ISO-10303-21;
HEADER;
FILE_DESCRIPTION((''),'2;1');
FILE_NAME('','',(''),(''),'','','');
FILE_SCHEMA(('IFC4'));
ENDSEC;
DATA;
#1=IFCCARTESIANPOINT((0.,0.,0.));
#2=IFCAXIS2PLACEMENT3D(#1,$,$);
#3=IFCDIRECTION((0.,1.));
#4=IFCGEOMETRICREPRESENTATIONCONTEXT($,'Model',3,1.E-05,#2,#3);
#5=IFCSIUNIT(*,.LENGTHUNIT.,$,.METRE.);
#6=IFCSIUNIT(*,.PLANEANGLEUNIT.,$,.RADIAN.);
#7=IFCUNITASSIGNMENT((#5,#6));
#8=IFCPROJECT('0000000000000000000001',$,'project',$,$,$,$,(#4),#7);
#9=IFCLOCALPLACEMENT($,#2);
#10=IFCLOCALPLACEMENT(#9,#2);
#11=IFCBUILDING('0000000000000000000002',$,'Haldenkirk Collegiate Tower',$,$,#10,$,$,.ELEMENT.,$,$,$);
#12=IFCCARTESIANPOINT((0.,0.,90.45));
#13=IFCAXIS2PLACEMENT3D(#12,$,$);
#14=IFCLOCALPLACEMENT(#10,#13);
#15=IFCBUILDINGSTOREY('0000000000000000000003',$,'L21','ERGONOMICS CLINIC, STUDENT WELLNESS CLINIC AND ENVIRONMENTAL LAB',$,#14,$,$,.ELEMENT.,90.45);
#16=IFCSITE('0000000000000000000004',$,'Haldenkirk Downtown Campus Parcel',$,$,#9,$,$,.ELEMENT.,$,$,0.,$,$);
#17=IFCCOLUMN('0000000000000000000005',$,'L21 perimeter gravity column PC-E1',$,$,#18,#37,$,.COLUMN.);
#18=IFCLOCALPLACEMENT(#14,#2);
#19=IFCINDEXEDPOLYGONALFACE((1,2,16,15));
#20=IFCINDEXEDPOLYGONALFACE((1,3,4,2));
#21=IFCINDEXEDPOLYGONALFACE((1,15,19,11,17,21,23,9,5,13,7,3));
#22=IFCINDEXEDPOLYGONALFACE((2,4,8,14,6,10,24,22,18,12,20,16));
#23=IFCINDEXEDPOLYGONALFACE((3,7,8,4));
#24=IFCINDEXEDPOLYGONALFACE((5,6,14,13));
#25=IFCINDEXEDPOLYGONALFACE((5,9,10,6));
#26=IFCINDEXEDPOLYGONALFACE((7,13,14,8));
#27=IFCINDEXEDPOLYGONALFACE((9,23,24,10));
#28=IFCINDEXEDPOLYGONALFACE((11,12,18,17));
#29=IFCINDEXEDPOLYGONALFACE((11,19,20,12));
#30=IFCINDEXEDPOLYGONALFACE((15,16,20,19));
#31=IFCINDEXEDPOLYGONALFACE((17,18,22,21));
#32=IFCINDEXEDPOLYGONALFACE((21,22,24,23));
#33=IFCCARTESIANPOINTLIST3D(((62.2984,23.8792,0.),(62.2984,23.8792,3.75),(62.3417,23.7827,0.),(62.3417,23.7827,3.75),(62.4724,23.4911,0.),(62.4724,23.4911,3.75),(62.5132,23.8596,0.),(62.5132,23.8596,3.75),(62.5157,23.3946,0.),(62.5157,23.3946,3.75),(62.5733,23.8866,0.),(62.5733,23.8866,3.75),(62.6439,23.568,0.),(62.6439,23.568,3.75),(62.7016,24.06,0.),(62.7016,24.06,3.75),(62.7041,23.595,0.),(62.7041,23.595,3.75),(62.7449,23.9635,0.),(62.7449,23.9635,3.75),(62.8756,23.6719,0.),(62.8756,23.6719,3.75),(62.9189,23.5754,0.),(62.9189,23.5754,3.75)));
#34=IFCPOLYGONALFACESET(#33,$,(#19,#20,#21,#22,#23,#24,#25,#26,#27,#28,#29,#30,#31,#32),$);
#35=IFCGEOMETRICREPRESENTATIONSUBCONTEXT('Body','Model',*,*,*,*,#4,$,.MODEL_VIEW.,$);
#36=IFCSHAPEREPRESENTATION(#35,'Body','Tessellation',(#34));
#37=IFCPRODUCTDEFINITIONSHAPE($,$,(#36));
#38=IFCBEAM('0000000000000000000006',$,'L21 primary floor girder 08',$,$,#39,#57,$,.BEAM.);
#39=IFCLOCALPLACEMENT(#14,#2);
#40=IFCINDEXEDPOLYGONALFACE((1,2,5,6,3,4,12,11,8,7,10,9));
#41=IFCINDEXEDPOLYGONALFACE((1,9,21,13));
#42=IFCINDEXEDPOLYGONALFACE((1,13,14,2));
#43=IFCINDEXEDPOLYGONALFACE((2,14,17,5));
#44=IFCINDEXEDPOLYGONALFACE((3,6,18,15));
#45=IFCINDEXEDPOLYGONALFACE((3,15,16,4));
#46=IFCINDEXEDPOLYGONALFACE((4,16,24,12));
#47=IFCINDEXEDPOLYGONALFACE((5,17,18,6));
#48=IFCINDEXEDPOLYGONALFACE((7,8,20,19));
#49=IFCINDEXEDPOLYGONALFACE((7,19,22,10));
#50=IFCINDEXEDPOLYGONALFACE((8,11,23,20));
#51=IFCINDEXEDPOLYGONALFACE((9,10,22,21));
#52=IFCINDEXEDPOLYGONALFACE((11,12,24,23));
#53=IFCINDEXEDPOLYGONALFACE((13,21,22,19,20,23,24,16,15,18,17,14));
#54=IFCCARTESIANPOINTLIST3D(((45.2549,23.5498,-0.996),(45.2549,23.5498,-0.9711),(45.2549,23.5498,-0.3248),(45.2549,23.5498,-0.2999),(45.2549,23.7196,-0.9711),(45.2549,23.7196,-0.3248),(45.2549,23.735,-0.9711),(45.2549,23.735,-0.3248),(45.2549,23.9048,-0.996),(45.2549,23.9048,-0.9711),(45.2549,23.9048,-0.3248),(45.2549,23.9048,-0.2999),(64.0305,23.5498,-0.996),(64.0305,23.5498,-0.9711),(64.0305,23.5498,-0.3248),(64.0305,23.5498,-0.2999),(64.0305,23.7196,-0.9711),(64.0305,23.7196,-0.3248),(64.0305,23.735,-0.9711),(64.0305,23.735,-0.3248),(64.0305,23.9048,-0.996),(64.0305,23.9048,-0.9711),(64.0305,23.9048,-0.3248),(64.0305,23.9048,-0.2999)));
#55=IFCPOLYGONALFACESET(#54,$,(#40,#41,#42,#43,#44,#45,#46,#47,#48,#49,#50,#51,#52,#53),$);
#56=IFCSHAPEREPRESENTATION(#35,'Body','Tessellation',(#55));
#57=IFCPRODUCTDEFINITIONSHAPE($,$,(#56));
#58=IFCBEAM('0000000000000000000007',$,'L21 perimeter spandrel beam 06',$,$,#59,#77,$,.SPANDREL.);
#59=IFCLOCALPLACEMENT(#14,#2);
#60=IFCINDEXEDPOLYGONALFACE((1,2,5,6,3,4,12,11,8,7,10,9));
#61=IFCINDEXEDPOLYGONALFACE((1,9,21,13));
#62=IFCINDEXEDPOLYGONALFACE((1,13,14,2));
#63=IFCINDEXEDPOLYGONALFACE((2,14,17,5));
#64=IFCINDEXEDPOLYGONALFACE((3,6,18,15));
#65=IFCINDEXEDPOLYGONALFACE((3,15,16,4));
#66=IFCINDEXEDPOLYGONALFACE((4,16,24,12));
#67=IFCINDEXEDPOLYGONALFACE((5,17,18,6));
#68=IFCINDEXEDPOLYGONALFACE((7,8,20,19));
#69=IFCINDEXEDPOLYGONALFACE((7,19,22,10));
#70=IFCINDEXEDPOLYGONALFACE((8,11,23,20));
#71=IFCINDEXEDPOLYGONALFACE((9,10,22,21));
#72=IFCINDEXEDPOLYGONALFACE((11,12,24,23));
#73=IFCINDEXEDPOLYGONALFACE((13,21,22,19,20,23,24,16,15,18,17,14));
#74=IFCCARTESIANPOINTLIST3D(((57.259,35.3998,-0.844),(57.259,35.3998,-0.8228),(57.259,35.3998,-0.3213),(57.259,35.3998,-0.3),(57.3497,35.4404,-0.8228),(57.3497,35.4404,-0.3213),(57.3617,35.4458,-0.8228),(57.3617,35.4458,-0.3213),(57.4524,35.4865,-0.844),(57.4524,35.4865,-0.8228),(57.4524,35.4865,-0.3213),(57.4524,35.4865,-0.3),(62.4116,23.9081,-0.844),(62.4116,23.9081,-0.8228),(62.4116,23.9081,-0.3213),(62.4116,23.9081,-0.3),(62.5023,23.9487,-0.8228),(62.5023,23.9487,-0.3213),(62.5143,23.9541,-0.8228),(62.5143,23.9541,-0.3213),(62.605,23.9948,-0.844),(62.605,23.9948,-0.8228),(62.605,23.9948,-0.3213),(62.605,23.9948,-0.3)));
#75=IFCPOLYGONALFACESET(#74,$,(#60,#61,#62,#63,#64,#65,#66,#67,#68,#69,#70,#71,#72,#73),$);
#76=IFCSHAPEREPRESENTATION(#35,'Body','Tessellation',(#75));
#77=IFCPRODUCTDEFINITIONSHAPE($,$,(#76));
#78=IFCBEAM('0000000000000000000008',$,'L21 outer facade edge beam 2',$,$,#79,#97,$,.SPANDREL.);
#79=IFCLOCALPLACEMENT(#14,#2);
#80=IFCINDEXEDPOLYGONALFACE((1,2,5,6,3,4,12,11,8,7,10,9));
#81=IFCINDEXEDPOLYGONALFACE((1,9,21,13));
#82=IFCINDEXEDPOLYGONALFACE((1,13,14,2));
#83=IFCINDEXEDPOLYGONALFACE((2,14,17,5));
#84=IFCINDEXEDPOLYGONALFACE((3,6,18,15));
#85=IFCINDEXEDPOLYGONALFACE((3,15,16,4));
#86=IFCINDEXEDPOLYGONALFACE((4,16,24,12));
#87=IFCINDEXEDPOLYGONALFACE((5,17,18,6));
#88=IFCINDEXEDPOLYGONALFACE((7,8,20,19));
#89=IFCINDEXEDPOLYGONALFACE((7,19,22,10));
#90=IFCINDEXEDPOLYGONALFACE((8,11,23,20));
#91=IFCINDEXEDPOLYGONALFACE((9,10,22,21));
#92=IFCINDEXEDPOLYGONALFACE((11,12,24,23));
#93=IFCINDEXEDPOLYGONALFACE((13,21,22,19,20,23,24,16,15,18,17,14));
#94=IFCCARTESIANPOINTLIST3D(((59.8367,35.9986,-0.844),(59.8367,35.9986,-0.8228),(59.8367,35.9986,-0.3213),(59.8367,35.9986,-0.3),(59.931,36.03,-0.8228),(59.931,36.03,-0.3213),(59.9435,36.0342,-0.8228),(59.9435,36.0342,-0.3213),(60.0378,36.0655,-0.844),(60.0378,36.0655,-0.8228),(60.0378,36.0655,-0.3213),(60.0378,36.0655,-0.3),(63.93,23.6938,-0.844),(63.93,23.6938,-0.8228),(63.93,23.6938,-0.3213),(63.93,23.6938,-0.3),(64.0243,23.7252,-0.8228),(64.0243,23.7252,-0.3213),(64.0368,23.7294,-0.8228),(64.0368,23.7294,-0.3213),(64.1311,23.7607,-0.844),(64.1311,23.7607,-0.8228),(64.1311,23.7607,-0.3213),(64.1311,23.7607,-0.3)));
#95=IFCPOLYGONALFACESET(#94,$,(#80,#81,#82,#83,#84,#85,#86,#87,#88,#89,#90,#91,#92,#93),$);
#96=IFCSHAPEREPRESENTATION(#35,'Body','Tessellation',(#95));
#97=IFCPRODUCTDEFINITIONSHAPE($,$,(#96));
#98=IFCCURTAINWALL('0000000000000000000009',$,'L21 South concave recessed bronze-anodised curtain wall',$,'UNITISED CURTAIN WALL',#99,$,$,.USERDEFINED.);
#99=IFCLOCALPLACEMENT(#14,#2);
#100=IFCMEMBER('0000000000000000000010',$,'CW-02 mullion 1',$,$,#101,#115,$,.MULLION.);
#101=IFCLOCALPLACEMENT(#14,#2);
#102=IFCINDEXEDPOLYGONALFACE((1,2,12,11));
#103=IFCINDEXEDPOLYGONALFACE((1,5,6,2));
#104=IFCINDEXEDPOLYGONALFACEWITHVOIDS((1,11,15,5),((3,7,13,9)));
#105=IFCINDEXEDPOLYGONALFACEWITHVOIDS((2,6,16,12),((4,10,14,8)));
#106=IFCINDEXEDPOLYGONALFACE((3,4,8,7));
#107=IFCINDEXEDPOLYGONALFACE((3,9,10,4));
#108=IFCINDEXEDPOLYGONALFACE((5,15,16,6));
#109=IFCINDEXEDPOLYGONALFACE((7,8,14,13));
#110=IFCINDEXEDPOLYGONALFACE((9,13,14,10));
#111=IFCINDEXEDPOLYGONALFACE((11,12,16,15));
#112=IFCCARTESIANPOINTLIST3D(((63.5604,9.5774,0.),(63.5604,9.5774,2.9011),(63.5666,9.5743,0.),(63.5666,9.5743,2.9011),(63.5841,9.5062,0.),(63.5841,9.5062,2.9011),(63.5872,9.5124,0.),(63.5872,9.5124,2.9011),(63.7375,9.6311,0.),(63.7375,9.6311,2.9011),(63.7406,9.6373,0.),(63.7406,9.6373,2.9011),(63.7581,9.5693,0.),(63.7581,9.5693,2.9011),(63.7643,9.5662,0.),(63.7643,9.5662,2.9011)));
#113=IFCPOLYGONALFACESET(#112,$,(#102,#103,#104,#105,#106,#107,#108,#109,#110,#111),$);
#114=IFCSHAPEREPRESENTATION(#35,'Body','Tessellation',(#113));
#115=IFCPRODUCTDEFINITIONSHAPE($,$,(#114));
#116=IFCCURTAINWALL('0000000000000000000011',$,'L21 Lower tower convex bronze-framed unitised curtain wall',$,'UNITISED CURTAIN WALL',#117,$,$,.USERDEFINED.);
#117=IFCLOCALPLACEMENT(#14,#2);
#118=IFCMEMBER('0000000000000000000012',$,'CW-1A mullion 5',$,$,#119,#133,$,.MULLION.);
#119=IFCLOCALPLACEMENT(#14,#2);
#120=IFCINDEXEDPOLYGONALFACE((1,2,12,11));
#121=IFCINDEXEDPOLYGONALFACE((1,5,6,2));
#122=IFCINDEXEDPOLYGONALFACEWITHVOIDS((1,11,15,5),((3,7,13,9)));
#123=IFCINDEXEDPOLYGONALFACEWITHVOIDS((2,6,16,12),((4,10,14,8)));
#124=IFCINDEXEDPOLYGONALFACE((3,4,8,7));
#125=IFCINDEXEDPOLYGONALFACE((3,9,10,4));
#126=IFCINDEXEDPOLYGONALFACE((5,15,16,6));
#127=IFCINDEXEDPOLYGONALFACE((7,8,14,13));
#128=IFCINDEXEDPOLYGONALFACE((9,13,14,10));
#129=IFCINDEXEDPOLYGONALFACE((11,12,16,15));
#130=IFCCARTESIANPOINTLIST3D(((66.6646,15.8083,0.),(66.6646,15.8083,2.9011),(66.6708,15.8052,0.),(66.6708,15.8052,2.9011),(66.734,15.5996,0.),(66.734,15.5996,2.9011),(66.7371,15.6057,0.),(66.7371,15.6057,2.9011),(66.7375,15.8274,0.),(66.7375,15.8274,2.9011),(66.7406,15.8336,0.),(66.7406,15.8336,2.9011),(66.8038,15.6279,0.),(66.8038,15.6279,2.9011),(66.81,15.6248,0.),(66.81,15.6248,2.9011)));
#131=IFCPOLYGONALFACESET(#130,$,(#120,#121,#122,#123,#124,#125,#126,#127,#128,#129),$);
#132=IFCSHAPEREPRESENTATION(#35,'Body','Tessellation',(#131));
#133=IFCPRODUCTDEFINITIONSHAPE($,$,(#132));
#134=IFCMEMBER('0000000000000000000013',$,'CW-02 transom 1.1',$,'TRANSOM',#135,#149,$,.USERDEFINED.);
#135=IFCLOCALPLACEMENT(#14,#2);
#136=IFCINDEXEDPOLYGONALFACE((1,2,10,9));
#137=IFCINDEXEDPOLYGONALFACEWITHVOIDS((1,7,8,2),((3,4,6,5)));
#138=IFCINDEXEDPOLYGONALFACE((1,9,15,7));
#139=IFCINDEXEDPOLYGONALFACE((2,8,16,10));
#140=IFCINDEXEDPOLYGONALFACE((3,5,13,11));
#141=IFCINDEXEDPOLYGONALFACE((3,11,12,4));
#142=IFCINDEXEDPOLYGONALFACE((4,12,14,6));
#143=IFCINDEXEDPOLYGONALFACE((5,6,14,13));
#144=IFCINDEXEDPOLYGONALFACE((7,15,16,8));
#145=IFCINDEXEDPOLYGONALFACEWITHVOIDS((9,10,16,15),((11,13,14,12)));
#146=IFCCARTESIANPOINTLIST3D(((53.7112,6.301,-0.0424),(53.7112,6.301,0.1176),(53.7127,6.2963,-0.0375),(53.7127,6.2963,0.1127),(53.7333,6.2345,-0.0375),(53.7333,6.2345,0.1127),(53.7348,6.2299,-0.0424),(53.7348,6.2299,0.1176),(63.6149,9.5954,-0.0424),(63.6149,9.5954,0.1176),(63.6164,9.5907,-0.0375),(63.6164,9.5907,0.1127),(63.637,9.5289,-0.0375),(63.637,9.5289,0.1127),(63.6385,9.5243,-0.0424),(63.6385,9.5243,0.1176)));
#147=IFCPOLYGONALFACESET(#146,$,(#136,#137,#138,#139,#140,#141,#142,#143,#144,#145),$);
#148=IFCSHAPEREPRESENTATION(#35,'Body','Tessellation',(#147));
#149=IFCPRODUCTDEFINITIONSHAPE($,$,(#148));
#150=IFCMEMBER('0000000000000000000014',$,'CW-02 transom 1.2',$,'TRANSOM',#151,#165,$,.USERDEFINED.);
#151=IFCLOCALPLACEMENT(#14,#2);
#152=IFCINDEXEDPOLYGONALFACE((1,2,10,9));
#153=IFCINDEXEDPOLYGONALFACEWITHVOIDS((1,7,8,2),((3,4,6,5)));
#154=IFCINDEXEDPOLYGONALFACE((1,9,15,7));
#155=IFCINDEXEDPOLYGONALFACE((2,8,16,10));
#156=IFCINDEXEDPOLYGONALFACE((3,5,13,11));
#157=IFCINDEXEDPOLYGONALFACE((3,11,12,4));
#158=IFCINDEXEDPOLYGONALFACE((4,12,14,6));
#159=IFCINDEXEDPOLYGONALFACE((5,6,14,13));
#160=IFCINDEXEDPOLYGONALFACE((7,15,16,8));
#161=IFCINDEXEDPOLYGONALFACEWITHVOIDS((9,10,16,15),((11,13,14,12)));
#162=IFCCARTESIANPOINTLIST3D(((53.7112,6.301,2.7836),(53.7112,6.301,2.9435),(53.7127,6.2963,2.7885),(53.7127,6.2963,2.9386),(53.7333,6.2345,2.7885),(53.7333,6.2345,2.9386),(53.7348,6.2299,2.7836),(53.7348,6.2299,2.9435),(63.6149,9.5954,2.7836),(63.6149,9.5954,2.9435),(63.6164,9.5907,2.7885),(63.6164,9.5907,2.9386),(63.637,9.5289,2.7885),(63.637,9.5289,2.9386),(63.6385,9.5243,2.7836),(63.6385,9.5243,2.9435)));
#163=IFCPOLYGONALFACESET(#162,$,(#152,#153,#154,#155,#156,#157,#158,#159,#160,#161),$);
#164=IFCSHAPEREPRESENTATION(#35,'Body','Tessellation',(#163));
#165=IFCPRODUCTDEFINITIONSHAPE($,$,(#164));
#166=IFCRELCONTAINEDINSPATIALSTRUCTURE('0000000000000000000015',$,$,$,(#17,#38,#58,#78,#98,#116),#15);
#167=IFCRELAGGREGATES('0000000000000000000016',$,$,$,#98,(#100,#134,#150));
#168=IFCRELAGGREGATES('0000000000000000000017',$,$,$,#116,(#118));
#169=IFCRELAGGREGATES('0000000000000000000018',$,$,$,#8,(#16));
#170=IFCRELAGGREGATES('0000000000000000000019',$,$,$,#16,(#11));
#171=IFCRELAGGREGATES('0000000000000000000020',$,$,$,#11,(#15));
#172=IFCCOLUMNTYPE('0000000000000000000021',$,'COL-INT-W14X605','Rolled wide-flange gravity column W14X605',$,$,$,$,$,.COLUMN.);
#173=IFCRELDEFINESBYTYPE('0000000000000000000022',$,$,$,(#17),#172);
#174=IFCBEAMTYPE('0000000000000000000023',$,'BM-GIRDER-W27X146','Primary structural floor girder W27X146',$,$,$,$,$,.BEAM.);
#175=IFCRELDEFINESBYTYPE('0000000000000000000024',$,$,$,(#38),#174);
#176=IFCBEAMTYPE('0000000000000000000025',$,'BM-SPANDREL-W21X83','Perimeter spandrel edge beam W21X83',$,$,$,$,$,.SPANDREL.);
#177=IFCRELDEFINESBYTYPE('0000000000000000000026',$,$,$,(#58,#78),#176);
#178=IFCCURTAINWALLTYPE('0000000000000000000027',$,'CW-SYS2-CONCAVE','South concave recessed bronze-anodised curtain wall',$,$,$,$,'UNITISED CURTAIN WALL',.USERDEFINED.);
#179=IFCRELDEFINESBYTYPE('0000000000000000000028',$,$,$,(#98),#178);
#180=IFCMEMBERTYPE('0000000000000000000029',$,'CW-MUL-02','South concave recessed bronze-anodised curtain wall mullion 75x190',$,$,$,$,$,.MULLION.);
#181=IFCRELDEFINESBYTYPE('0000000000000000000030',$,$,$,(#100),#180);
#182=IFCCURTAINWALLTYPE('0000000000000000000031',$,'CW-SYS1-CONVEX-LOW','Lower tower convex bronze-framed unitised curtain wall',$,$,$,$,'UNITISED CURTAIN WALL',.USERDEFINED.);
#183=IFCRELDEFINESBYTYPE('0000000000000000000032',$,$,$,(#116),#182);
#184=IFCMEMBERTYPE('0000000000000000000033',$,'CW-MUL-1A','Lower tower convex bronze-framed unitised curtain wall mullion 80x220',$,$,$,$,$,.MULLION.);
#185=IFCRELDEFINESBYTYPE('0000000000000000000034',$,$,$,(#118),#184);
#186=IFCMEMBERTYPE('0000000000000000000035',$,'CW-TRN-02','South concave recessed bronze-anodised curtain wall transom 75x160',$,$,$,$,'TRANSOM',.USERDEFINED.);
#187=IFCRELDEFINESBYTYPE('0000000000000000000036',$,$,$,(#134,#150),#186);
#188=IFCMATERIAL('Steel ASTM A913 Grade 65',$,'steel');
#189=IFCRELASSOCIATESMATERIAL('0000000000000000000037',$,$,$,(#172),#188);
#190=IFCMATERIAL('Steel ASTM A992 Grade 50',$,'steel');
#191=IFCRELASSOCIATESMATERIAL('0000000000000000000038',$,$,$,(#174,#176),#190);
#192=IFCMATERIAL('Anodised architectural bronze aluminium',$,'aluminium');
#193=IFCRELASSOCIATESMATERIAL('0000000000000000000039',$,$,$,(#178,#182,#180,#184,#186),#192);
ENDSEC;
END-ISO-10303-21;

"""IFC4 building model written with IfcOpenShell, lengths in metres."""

from ifc_helpers import new_model, si_unit, direction, frame, origin, origin_2d, place, context, subcontext, project, spatial, hollow_rectangle, i_section, extrude, material, material_profile, profile_set, type_object, element, aggregate, save


model = new_model("IFC4")

# Units and contexts
model_context = context("Model", 3, precision=1e-05, world=origin(), true_north=direction((0.0, 1.0)))
body_context = subcontext(model_context, "Body", "Model", "MODEL_VIEW")
ifc_project = project(units=[si_unit("LENGTHUNIT", "METRE"), si_unit("PLANEANGLEUNIT", "RADIAN")], contexts=[model_context])

# Site, building, storey
site_placement = place(None, origin())
site = spatial("IfcSite", under=ifc_project, at=site_placement, Name="Haldenkirk Downtown Campus Parcel", CompositionType="ELEMENT", RefElevation=0.0)
building_placement = place(site_placement, origin())
building = spatial("IfcBuilding", under=site, at=building_placement, Name="Haldenkirk Collegiate Tower", CompositionType="ELEMENT")
storey_placement = place(building_placement, frame((0.0, 0.0, 90.45)))
storey = spatial("IfcBuildingStorey", under=building, at=storey_placement, Name="L21", Description="ERGONOMICS CLINIC, STUDENT WELLNESS CLINIC AND ENVIRONMENTAL LAB", CompositionType="ELEMENT", Elevation=90.45)

# Column
ifc_material_1 = material(Name="Steel ASTM A913 Grade 65", Category="steel")
ifc_material_profile_1 = material_profile(ifc_material_1, i_section(OverallWidth=0.4419, OverallDepth=0.531, WebThickness=0.0659, FlangeThickness=0.1057, at=origin_2d()), Name="W14X605")
ifc_profile_set_1 = profile_set([ifc_material_profile_1], Name="Steel ASTM A913 Grade 65")
column_type = type_object("IfcColumnType", Name="COL-INT-W14X605", Description="Rolled wide-flange gravity column W14X605", PredefinedType="COLUMN", material=ifc_profile_set_1)
column_placement = place(storey_placement, frame((62.6086, 23.7273, 0.0), z_axis=(0.0, 0.0, 1.0), x_axis=(0.912477, 0.409127, 0.0)))
element("IfcColumn", 1, at=column_placement, inside=storey, type_object=column_type, Name="L21 perimeter gravity column PC-E1", PredefinedType="COLUMN", context=body_context, shape_type="SweptSolid", body=[
    extrude(i_section(OverallWidth=0.4419, OverallDepth=0.531, WebThickness=0.0659, FlangeThickness=0.1057, at=origin_2d()), origin(), (0.0, 0.0, 1.0), 3.75),
])

# Beams
ifc_material_2 = material(Name="Steel ASTM A992 Grade 50", Category="steel")
ifc_material_profile_2 = material_profile(ifc_material_2, i_section(OverallWidth=0.355, OverallDepth=0.696, WebThickness=0.0154, FlangeThickness=0.0249, at=origin_2d()), Name="W27X146")
ifc_profile_set_2 = profile_set([ifc_material_profile_2], Name="Steel ASTM A992 Grade 50")
beam_type_1 = type_object("IfcBeamType", Name="BM-GIRDER-W27X146", Description="Primary structural floor girder W27X146", PredefinedType="BEAM", material=ifc_profile_set_2)
beam_1_placement = place(storey_placement, frame((64.0305, 23.7273, -0.6479), z_axis=(-1.0, 0.0, 0.0), x_axis=(0.0, -1.0, 0.0)))
element("IfcBeam", 2, at=beam_1_placement, inside=storey, type_object=beam_type_1, Name="L21 primary floor girder 08", PredefinedType="BEAM", context=body_context, shape_type="SweptSolid", body=[
    extrude(i_section(OverallWidth=0.355, OverallDepth=0.696, WebThickness=0.0154, FlangeThickness=0.0249, at=origin_2d()), origin(), (0.0, 0.0, 1.0), 18.7756),
])
ifc_material_profile_3 = material_profile(ifc_material_2, i_section(OverallWidth=0.2119, OverallDepth=0.5439, WebThickness=0.0132, FlangeThickness=0.0212, at=origin_2d()), Name="W21X83")
ifc_profile_set_3 = profile_set([ifc_material_profile_3], Name="Steel ASTM A992 Grade 50")
beam_type_2 = type_object("IfcBeamType", Name="BM-SPANDREL-W21X83", Description="Perimeter spandrel edge beam W21X83", PredefinedType="SPANDREL", material=ifc_profile_set_3)
beam_2_placement = place(storey_placement, frame((62.5083, 23.9514, -0.572), z_axis=(-0.409131, 0.912476, 0.0), x_axis=(-0.912476, -0.409131, 0.0)))
element("IfcBeam", 3, at=beam_2_placement, inside=storey, type_object=beam_type_2, Name="L21 perimeter spandrel beam 06", PredefinedType="SPANDREL", context=body_context, shape_type="SweptSolid", body=[
    extrude(i_section(OverallWidth=0.2119, OverallDepth=0.5439, WebThickness=0.0132, FlangeThickness=0.0212, at=origin_2d()), origin(), (0.0, 0.0, 1.0), 12.594),
])
beam_3_placement = place(storey_placement, frame((64.0305, 23.7273, -0.572), z_axis=(-0.315652, 0.948875, 0.0), x_axis=(-0.948875, -0.315652, 0.0)))
element("IfcBeam", 4, at=beam_3_placement, inside=storey, type_object=beam_type_2, Name="L21 outer facade edge beam 2", PredefinedType="SPANDREL", context=body_context, shape_type="SweptSolid", body=[
    extrude(i_section(OverallWidth=0.2119, OverallDepth=0.5439, WebThickness=0.0132, FlangeThickness=0.0212, at=origin_2d()), origin(), (0.0, 0.0, 1.0), 12.9678),
])

# Curtain walls, members
ifc_material_3 = material(Name="Anodised architectural bronze aluminium", Category="aluminium")
curtain_wall_type_1 = type_object("IfcCurtainWallType", Name="CW-SYS2-CONCAVE", Description="South concave recessed bronze-anodised curtain wall", ElementType="UNITISED CURTAIN WALL", PredefinedType="USERDEFINED", material=ifc_material_3)
curtain_wall_1_placement = place(storey_placement, origin())
curtain_wall_1 = element("IfcCurtainWall", 5, at=curtain_wall_1_placement, inside=storey, type_object=curtain_wall_type_1, Name="L21 South concave recessed bronze-anodised curtain wall", ObjectType="UNITISED CURTAIN WALL", PredefinedType="USERDEFINED")
ifc_material_profile_4 = material_profile(ifc_material_3, hollow_rectangle(XDim=0.075, YDim=0.1899, WallThickness=0.0049, at=origin_2d()), Name="CW-MUL-02")
ifc_profile_set_4 = profile_set([ifc_material_profile_4], Name="Anodised architectural bronze aluminium")
member_type_1 = type_object("IfcMemberType", Name="CW-MUL-02", Description="South concave recessed bronze-anodised curtain wall mullion 75x190", PredefinedType="MULLION", material=ifc_profile_set_4)
member_1_placement = place(storey_placement, frame((63.6624, 9.5718, 0.0), z_axis=(0.0, 0.0, 1.0), x_axis=(0.315647, -0.948877, 0.0)))
member_1 = element("IfcMember", 6, at=member_1_placement, type_object=member_type_1, Name="CW-02 mullion 1", PredefinedType="MULLION", context=body_context, shape_type="SweptSolid", body=[
    extrude(hollow_rectangle(XDim=0.075, YDim=0.1899, WallThickness=0.0049, at=origin_2d()), origin(), (0.0, 0.0, 1.0), 2.9011),
])
curtain_wall_type_2 = type_object("IfcCurtainWallType", Name="CW-SYS1-CONVEX-LOW", Description="Lower tower convex bronze-framed unitised curtain wall", ElementType="UNITISED CURTAIN WALL", PredefinedType="USERDEFINED", material=ifc_material_3)
curtain_wall_2_placement = place(storey_placement, origin())
curtain_wall_2 = element("IfcCurtainWall", 7, at=curtain_wall_2_placement, inside=storey, type_object=curtain_wall_type_2, Name="L21 Lower tower convex bronze-framed unitised curtain wall", ObjectType="UNITISED CURTAIN WALL", PredefinedType="USERDEFINED")
ifc_material_profile_5 = material_profile(ifc_material_3, hollow_rectangle(XDim=0.0801, YDim=0.22, WallThickness=0.0049, at=origin_2d()), Name="CW-MUL-1A")
ifc_profile_set_5 = profile_set([ifc_material_profile_5], Name="Anodised architectural bronze aluminium")
member_type_2 = type_object("IfcMemberType", Name="CW-MUL-1A", Description="Lower tower convex bronze-framed unitised curtain wall mullion 80x220", PredefinedType="MULLION", material=ifc_profile_set_5)
member_2_placement = place(storey_placement, frame((66.7373, 15.7166, 0.0), z_axis=(0.0, 0.0, 1.0), x_axis=(0.948877, 0.315648, 0.0)))
member_2 = element("IfcMember", 8, at=member_2_placement, type_object=member_type_2, Name="CW-1A mullion 5", PredefinedType="MULLION", context=body_context, shape_type="SweptSolid", body=[
    extrude(hollow_rectangle(XDim=0.0801, YDim=0.22, WallThickness=0.0049, at=origin_2d()), origin(), (0.0, 0.0, 1.0), 2.9011),
])

# Members
ifc_material_profile_6 = material_profile(ifc_material_3, hollow_rectangle(XDim=0.075, YDim=0.1599, WallThickness=0.0049, at=origin_2d()), Name="CW-TRN-02")
ifc_profile_set_6 = profile_set([ifc_material_profile_6], Name="Anodised architectural bronze aluminium")
member_type_3 = type_object("IfcMemberType", Name="CW-TRN-02", Description="South concave recessed bronze-anodised curtain wall transom 75x160", ElementType="TRANSOM", PredefinedType="USERDEFINED", material=ifc_profile_set_6)
member_3_placement = place(storey_placement, frame((63.6267, 9.5598, 0.0376), z_axis=(-0.94888, -0.315638, 0.0), x_axis=(0.315638, -0.94888, 0.0)))
member_3 = element("IfcMember", 9, at=member_3_placement, type_object=member_type_3, Name="CW-02 transom 1.1", ObjectType="TRANSOM", PredefinedType="USERDEFINED", context=body_context, shape_type="SweptSolid", body=[
    extrude(hollow_rectangle(XDim=0.075, YDim=0.1599, WallThickness=0.0049, at=origin_2d()), origin(), (0.0, 0.0, 1.0), 10.4373),
])
member_4_placement = place(storey_placement, frame((63.6267, 9.5598, 2.8635), z_axis=(-0.94888, -0.315638, 0.0), x_axis=(0.315638, -0.94888, 0.0)))
member_4 = element("IfcMember", 10, at=member_4_placement, type_object=member_type_3, Name="CW-02 transom 1.2", ObjectType="TRANSOM", PredefinedType="USERDEFINED", context=body_context, shape_type="SweptSolid", body=[
    extrude(hollow_rectangle(XDim=0.075, YDim=0.1599, WallThickness=0.0049, at=origin_2d()), origin(), (0.0, 0.0, 1.0), 10.4373),
])
aggregate(curtain_wall_1, [member_1, member_3, member_4])

aggregate(curtain_wall_2, [member_2])

save(model, "model.ifc")
